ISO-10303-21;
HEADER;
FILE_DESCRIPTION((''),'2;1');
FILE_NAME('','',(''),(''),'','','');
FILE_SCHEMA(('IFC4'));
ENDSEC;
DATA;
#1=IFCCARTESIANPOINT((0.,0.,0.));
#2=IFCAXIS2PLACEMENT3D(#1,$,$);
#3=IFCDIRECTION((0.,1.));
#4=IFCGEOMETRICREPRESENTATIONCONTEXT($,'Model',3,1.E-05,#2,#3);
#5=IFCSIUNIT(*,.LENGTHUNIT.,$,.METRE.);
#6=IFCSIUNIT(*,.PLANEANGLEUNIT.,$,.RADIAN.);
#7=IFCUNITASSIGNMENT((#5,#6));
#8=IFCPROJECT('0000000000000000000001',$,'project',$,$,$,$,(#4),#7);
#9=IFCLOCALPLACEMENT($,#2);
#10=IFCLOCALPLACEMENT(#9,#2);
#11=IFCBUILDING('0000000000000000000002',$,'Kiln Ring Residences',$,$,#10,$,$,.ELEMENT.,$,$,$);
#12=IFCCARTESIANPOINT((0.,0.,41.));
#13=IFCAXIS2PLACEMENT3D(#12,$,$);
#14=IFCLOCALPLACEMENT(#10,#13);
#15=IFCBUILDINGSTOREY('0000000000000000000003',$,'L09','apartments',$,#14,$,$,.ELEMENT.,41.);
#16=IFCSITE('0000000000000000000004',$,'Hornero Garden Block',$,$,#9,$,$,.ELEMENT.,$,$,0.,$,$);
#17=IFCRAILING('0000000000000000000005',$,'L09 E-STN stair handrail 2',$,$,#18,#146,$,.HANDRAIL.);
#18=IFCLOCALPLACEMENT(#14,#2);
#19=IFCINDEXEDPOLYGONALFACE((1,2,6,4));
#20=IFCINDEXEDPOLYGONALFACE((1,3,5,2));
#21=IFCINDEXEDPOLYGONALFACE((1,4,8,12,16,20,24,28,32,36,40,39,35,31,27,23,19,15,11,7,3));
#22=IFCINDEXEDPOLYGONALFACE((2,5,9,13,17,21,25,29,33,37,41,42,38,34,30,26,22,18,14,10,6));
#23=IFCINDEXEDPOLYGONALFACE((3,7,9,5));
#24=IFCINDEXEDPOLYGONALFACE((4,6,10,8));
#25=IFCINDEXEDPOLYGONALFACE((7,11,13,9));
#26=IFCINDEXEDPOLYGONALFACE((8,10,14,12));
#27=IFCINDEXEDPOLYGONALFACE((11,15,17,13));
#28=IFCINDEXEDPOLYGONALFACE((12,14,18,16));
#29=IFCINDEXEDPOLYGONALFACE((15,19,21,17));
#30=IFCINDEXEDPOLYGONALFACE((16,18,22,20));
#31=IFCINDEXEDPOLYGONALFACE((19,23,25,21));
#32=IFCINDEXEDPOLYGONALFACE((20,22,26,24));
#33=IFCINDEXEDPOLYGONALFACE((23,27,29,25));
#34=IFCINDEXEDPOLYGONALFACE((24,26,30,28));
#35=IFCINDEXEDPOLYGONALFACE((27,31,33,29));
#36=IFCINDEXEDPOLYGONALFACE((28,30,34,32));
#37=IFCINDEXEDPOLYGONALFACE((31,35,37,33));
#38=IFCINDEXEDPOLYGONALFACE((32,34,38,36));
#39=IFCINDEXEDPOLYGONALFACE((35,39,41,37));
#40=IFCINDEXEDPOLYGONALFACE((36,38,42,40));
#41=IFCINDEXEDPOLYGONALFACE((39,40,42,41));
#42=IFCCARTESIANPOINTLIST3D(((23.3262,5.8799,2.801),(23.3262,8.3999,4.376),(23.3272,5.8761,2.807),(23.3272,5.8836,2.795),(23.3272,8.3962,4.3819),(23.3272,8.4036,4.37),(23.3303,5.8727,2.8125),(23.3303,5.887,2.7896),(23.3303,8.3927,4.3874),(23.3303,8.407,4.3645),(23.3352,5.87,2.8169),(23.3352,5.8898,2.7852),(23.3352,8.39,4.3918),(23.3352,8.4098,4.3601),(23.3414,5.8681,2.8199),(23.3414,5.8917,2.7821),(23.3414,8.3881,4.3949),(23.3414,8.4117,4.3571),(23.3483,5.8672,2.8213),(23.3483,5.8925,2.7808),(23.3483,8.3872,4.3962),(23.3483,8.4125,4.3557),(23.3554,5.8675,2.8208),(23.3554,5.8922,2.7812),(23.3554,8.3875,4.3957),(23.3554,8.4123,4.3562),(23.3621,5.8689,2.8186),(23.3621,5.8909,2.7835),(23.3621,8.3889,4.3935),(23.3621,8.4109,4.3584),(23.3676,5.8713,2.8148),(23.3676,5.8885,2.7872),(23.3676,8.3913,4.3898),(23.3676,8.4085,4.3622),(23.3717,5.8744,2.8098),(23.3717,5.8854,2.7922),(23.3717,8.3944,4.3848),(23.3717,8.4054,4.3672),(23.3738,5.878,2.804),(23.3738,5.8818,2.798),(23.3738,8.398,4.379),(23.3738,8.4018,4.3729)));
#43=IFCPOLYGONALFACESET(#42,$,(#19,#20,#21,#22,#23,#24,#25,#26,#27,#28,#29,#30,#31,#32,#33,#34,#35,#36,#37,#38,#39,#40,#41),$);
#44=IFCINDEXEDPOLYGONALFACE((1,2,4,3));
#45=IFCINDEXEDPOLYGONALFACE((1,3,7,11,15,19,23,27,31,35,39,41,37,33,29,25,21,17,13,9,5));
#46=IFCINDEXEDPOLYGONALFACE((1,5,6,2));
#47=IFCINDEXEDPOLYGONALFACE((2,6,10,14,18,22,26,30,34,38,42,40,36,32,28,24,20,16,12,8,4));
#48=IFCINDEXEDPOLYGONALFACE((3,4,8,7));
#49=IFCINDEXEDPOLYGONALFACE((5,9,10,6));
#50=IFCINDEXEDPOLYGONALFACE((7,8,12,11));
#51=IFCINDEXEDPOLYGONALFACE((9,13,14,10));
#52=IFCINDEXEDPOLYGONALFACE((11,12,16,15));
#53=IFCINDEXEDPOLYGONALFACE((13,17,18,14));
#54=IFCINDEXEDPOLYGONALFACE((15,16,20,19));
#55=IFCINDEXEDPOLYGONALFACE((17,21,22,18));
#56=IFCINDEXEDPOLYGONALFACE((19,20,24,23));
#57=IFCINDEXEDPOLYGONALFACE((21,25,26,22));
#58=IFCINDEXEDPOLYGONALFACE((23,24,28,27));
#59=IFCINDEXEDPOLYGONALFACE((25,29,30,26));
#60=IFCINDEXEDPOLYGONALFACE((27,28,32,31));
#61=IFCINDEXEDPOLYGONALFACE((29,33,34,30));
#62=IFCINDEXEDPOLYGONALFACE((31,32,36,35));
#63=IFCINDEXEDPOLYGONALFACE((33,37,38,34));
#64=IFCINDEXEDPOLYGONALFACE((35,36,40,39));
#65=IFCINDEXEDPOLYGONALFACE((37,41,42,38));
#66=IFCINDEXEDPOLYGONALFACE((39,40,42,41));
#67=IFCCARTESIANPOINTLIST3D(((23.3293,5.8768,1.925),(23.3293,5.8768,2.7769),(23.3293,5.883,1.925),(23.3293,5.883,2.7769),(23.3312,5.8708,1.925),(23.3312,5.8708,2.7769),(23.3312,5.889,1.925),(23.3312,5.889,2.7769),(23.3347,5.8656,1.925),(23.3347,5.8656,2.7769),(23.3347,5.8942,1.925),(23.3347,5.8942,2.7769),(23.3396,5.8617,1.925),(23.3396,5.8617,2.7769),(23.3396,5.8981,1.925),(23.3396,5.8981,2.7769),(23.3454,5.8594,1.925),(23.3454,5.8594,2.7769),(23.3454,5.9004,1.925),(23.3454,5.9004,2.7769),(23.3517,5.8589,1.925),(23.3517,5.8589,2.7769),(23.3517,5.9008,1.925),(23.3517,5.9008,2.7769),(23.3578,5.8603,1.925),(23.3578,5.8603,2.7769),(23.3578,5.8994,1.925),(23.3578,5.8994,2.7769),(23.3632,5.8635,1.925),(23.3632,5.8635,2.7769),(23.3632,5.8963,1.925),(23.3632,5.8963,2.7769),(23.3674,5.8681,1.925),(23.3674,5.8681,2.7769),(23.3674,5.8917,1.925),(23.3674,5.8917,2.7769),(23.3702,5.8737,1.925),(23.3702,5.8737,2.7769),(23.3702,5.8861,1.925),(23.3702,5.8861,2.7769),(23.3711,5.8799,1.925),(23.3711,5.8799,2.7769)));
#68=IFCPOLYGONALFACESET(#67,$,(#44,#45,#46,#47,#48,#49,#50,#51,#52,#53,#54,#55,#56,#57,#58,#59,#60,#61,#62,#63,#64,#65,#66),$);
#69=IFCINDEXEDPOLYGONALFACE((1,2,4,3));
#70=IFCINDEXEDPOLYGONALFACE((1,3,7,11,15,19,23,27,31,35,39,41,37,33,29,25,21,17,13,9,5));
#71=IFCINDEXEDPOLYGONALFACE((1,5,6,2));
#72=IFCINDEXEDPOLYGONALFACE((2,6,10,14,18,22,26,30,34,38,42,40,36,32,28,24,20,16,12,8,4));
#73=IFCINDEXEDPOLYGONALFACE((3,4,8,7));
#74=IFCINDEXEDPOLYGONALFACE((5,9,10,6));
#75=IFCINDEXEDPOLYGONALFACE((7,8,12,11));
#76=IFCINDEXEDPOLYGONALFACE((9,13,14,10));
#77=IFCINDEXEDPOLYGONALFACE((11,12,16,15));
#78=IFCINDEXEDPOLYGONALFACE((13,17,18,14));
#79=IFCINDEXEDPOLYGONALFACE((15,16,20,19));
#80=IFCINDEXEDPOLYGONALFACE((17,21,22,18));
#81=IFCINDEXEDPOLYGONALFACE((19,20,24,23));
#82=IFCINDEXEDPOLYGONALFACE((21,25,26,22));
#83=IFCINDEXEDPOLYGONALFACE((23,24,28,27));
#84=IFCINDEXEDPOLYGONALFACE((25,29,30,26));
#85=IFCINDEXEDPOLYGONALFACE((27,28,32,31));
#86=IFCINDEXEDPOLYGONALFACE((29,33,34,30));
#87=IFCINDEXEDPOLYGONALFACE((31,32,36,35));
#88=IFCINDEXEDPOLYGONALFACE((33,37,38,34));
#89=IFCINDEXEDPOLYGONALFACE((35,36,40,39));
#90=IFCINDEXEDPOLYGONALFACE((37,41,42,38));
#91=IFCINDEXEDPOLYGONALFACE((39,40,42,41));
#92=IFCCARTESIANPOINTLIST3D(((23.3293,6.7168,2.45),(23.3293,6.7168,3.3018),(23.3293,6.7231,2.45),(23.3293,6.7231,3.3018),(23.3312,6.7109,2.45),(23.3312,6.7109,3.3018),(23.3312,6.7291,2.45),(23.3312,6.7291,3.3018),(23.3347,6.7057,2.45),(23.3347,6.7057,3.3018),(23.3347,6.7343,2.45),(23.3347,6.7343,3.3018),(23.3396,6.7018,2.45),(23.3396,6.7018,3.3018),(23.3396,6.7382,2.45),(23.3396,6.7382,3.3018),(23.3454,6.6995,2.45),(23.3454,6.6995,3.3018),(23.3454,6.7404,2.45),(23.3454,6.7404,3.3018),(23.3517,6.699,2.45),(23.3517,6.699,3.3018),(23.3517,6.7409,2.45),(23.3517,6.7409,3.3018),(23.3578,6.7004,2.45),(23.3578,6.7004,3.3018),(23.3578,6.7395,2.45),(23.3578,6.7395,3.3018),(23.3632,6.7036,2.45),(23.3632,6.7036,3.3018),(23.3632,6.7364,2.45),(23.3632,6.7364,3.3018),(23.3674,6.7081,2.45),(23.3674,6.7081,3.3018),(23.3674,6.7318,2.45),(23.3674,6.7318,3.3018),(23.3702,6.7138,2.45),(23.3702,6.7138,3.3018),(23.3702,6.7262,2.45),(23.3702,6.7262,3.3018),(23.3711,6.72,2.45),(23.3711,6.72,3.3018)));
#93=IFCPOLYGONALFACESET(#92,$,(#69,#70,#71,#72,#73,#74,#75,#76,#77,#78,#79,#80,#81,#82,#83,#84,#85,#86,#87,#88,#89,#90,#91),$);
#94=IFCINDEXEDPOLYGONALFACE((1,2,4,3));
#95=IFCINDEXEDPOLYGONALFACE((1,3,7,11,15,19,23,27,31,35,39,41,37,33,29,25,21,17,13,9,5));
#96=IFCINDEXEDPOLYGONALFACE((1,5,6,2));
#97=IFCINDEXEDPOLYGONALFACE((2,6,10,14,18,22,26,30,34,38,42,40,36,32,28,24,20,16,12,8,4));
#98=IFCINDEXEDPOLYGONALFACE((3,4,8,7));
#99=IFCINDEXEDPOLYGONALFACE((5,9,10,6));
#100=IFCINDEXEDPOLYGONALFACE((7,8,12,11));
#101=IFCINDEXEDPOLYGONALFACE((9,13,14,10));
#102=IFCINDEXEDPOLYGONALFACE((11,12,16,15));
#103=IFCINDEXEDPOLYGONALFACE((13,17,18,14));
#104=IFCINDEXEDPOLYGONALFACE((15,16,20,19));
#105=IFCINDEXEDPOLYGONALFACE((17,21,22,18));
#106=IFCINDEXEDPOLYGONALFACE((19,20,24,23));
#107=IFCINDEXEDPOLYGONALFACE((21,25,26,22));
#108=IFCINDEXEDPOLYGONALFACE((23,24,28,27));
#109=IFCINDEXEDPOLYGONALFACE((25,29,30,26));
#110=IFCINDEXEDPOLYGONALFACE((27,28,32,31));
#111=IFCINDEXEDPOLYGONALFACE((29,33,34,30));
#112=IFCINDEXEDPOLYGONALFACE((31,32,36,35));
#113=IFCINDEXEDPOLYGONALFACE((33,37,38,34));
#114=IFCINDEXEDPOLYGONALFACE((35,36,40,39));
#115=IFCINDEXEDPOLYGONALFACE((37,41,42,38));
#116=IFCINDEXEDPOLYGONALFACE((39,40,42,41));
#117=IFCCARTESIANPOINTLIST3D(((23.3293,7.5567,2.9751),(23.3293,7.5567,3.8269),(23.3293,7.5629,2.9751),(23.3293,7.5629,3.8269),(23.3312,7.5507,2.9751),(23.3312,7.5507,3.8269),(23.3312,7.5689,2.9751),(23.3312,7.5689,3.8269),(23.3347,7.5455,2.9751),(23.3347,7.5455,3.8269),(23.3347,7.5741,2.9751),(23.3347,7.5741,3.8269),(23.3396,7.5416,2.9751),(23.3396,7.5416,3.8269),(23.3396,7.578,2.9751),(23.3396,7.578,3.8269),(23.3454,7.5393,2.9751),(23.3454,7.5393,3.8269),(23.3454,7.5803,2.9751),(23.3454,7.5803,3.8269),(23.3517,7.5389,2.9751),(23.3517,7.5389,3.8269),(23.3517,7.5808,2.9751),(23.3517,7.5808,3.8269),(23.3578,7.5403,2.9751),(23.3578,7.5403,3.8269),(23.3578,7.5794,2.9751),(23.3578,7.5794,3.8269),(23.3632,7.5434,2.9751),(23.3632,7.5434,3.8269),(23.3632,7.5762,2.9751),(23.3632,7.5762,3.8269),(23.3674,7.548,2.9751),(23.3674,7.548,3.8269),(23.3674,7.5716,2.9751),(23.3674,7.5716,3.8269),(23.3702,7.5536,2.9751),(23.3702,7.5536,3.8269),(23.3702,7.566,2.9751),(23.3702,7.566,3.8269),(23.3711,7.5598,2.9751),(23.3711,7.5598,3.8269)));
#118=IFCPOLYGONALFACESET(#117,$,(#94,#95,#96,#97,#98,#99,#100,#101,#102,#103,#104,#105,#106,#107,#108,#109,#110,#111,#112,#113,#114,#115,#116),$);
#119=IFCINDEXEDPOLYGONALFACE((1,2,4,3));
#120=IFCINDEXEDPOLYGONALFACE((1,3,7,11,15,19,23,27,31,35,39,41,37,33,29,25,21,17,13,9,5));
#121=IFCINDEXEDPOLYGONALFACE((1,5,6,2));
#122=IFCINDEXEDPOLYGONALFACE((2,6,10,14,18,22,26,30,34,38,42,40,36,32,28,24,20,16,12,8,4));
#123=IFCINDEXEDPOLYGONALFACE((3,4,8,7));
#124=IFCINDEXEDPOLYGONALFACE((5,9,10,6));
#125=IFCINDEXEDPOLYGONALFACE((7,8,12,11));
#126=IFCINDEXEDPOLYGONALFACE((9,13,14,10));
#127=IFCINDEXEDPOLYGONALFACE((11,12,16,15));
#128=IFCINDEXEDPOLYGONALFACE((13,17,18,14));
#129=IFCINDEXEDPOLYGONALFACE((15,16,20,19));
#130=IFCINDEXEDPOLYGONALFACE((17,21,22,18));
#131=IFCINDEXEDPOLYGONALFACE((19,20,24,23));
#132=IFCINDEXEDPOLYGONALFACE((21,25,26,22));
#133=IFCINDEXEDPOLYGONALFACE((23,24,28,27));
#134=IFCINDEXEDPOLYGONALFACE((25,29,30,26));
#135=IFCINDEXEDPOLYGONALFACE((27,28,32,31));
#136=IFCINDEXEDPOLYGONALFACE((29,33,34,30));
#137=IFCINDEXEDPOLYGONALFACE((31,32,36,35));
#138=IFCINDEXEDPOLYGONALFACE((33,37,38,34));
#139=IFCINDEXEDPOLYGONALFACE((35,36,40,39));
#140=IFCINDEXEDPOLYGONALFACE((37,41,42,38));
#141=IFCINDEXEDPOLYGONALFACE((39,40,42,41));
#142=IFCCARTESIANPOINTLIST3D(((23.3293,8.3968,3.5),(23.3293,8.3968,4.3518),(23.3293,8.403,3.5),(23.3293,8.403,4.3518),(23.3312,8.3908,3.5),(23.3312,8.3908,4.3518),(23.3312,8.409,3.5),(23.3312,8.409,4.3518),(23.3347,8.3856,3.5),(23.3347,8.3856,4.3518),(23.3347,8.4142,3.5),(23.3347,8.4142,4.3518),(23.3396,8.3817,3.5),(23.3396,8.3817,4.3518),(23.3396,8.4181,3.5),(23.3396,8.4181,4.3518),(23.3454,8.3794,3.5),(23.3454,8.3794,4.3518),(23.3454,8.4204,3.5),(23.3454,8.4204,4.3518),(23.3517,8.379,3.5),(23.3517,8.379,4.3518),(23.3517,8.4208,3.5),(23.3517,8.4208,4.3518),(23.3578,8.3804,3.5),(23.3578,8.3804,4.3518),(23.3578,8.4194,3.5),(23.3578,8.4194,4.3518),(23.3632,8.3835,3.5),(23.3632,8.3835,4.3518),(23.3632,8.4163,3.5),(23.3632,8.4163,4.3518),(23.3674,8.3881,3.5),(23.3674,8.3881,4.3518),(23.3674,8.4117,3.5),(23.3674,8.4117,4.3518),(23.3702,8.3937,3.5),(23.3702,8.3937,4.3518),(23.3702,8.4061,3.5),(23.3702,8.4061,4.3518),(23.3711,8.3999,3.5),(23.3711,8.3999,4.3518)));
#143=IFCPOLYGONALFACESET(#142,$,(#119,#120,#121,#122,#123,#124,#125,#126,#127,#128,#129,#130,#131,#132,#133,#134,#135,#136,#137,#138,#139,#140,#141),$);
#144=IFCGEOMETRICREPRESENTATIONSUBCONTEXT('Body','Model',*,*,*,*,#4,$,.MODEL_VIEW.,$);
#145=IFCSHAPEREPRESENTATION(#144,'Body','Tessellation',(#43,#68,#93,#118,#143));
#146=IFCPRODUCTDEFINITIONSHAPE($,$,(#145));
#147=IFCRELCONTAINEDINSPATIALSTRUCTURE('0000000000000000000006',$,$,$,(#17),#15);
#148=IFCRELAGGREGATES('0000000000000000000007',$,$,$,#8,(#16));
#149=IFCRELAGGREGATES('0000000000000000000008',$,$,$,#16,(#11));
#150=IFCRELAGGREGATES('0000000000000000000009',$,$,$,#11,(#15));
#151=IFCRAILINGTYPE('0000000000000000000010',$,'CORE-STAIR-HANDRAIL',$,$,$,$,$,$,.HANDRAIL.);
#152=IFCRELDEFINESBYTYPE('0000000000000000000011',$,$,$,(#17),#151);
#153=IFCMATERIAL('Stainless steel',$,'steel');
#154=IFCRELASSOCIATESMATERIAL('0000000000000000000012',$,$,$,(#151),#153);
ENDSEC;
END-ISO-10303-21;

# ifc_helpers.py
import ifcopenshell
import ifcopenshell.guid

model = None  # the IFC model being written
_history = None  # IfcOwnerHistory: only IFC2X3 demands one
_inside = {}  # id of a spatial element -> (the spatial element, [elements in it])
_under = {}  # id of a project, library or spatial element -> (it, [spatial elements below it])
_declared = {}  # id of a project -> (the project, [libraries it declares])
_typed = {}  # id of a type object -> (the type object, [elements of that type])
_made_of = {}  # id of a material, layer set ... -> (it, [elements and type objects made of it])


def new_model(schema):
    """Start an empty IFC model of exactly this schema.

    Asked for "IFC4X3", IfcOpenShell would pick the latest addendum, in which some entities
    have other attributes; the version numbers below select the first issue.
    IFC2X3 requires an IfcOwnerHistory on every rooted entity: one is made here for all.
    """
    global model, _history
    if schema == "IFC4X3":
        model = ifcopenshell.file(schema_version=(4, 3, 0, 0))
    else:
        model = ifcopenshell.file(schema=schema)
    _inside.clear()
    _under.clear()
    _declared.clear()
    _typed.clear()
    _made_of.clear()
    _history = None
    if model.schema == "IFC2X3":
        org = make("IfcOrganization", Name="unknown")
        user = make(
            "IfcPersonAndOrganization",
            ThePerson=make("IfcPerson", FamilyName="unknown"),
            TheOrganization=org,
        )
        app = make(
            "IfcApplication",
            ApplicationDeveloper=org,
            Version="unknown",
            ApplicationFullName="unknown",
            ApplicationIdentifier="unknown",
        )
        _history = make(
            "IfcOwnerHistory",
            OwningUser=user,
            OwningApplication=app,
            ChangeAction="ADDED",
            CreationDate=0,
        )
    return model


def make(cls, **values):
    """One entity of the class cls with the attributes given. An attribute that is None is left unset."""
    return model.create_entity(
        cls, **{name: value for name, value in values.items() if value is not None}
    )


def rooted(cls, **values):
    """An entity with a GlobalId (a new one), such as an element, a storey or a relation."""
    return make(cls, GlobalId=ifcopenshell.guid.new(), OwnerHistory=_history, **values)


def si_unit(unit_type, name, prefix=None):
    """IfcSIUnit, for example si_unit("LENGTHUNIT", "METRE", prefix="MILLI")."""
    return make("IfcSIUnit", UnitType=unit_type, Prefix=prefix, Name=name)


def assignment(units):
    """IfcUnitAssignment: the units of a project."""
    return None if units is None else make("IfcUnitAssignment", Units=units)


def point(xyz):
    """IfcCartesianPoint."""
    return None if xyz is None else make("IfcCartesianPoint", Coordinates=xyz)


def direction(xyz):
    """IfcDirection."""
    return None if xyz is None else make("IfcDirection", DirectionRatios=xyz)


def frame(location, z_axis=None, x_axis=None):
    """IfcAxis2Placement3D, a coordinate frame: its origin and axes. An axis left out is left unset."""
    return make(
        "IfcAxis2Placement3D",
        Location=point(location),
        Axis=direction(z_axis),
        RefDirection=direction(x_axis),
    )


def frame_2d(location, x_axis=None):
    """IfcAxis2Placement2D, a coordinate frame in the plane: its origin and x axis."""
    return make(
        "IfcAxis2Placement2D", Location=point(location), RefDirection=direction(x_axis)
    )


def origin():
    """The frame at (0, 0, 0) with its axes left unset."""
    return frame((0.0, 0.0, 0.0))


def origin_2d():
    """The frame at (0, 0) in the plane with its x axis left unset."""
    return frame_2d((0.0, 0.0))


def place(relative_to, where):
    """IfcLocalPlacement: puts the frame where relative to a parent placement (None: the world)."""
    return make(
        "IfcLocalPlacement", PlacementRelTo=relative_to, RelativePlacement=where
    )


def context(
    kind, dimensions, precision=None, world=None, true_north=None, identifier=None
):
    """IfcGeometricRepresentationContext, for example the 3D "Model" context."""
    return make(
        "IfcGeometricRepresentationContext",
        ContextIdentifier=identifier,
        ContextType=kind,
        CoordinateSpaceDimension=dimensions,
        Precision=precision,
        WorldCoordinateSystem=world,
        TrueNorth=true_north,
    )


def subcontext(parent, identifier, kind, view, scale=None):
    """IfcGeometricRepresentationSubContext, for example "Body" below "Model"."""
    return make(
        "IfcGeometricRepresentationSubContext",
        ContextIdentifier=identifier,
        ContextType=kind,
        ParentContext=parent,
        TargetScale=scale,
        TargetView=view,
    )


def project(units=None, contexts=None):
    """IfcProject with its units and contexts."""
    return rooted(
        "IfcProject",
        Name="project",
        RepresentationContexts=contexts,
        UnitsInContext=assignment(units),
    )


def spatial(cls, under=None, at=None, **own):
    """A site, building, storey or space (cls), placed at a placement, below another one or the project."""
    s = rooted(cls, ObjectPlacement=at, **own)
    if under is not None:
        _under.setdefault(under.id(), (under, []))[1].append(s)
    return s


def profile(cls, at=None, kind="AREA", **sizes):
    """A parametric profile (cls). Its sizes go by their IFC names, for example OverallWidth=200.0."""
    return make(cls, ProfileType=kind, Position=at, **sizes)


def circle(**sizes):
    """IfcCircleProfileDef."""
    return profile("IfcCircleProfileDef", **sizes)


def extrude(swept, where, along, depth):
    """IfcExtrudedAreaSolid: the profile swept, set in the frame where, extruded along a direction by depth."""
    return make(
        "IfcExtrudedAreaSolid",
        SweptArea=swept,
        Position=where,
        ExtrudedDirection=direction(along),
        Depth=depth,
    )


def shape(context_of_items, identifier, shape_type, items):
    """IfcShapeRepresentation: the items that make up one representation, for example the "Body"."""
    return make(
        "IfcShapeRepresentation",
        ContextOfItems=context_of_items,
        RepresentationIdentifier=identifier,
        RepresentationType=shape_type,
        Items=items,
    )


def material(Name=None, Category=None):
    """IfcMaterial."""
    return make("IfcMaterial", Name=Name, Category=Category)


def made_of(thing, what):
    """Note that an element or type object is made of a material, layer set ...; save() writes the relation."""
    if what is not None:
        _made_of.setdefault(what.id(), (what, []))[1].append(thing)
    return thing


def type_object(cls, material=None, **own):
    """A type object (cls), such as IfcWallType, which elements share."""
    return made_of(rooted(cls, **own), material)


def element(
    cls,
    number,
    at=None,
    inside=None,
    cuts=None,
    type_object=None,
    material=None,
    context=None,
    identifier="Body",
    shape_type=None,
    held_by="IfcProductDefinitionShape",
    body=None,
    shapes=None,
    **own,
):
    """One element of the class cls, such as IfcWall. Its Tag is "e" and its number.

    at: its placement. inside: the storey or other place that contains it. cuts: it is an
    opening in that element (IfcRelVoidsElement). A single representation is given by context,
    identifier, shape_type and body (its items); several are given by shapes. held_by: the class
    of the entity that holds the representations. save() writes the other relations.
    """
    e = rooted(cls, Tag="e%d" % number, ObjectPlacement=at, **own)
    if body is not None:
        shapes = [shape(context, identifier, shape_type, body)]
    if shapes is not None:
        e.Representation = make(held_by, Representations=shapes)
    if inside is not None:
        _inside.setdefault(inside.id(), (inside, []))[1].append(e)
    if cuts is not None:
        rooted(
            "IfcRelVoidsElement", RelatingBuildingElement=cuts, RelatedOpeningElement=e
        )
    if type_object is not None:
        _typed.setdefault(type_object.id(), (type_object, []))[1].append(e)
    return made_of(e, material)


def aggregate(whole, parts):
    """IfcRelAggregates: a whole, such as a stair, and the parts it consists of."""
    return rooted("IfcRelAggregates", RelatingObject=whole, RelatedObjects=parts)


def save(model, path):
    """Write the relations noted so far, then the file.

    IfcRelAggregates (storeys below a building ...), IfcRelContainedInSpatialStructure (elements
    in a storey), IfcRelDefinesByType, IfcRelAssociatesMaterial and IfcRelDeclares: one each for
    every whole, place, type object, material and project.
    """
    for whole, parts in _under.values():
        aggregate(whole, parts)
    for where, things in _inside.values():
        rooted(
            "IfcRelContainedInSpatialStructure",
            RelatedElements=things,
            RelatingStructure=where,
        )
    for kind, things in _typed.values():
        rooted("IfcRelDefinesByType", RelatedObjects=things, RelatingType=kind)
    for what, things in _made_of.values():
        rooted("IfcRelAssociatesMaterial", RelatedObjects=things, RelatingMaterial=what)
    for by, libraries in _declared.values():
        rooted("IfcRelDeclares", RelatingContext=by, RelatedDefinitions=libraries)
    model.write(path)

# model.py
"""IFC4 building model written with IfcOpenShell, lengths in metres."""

from ifc_helpers import new_model, si_unit, direction, frame, origin, origin_2d, place, context, subcontext, project, spatial, circle, extrude, material, type_object, element, save


model = new_model("IFC4")

# Units and contexts
model_context = context("Model", 3, precision=1e-05, world=origin(), true_north=direction((0.0, 1.0)))
body_context = subcontext(model_context, "Body", "Model", "MODEL_VIEW")
ifc_project = project(units=[si_unit("LENGTHUNIT", "METRE"), si_unit("PLANEANGLEUNIT", "RADIAN")], contexts=[model_context])

# Site, building, storey
site_placement = place(None, origin())
site = spatial("IfcSite", under=ifc_project, at=site_placement, Name="Hornero Garden Block", CompositionType="ELEMENT", RefElevation=0.0)
building_placement = place(site_placement, origin())
building = spatial("IfcBuilding", under=site, at=building_placement, Name="Kiln Ring Residences", CompositionType="ELEMENT")
storey_placement = place(building_placement, frame((0.0, 0.0, 41.0)))
storey = spatial("IfcBuildingStorey", under=building, at=storey_placement, Name="L09", Description="apartments", CompositionType="ELEMENT", Elevation=41.0)

# Railing
ifc_material_1 = material(Name="Stainless steel", Category="steel")
railing_type_1 = type_object("IfcRailingType", Name="CORE-STAIR-HANDRAIL", PredefinedType="HANDRAIL", material=ifc_material_1)
railing_1_placement = place(storey_placement, frame((23.3501, 5.8799, 1.925)))
element("IfcRailing", 1, at=railing_1_placement, inside=storey, type_object=railing_type_1, Name="L09 E-STN stair handrail 2", PredefinedType="HANDRAIL", context=body_context, shape_type="SweptSolid", body=[
    extrude(circle(Radius=0.0239, at=origin_2d()), frame((0.0, 0.0, 0.876), z_axis=(0.0, 0.848008, 0.529984), x_axis=(-1.0, 0.0, 0.0)), (0.0, 0.0, 1.0), 2.9717),
    extrude(circle(Radius=0.021, at=origin_2d()), origin(), (0.0, 0.0, 1.0), 0.8518),
    extrude(circle(Radius=0.021, at=origin_2d()), frame((0.0, 0.8401, 0.5249)), (0.0, 0.0, 1.0), 0.8518),
    extrude(circle(Radius=0.021, at=origin_2d()), frame((0.0, 1.6799, 1.05)), (0.0, 0.0, 1.0), 0.8518),
    extrude(circle(Radius=0.021, at=origin_2d()), frame((0.0, 2.52, 1.575)), (0.0, 0.0, 1.0), 0.8518),
])

save(model, "model.ifc")
